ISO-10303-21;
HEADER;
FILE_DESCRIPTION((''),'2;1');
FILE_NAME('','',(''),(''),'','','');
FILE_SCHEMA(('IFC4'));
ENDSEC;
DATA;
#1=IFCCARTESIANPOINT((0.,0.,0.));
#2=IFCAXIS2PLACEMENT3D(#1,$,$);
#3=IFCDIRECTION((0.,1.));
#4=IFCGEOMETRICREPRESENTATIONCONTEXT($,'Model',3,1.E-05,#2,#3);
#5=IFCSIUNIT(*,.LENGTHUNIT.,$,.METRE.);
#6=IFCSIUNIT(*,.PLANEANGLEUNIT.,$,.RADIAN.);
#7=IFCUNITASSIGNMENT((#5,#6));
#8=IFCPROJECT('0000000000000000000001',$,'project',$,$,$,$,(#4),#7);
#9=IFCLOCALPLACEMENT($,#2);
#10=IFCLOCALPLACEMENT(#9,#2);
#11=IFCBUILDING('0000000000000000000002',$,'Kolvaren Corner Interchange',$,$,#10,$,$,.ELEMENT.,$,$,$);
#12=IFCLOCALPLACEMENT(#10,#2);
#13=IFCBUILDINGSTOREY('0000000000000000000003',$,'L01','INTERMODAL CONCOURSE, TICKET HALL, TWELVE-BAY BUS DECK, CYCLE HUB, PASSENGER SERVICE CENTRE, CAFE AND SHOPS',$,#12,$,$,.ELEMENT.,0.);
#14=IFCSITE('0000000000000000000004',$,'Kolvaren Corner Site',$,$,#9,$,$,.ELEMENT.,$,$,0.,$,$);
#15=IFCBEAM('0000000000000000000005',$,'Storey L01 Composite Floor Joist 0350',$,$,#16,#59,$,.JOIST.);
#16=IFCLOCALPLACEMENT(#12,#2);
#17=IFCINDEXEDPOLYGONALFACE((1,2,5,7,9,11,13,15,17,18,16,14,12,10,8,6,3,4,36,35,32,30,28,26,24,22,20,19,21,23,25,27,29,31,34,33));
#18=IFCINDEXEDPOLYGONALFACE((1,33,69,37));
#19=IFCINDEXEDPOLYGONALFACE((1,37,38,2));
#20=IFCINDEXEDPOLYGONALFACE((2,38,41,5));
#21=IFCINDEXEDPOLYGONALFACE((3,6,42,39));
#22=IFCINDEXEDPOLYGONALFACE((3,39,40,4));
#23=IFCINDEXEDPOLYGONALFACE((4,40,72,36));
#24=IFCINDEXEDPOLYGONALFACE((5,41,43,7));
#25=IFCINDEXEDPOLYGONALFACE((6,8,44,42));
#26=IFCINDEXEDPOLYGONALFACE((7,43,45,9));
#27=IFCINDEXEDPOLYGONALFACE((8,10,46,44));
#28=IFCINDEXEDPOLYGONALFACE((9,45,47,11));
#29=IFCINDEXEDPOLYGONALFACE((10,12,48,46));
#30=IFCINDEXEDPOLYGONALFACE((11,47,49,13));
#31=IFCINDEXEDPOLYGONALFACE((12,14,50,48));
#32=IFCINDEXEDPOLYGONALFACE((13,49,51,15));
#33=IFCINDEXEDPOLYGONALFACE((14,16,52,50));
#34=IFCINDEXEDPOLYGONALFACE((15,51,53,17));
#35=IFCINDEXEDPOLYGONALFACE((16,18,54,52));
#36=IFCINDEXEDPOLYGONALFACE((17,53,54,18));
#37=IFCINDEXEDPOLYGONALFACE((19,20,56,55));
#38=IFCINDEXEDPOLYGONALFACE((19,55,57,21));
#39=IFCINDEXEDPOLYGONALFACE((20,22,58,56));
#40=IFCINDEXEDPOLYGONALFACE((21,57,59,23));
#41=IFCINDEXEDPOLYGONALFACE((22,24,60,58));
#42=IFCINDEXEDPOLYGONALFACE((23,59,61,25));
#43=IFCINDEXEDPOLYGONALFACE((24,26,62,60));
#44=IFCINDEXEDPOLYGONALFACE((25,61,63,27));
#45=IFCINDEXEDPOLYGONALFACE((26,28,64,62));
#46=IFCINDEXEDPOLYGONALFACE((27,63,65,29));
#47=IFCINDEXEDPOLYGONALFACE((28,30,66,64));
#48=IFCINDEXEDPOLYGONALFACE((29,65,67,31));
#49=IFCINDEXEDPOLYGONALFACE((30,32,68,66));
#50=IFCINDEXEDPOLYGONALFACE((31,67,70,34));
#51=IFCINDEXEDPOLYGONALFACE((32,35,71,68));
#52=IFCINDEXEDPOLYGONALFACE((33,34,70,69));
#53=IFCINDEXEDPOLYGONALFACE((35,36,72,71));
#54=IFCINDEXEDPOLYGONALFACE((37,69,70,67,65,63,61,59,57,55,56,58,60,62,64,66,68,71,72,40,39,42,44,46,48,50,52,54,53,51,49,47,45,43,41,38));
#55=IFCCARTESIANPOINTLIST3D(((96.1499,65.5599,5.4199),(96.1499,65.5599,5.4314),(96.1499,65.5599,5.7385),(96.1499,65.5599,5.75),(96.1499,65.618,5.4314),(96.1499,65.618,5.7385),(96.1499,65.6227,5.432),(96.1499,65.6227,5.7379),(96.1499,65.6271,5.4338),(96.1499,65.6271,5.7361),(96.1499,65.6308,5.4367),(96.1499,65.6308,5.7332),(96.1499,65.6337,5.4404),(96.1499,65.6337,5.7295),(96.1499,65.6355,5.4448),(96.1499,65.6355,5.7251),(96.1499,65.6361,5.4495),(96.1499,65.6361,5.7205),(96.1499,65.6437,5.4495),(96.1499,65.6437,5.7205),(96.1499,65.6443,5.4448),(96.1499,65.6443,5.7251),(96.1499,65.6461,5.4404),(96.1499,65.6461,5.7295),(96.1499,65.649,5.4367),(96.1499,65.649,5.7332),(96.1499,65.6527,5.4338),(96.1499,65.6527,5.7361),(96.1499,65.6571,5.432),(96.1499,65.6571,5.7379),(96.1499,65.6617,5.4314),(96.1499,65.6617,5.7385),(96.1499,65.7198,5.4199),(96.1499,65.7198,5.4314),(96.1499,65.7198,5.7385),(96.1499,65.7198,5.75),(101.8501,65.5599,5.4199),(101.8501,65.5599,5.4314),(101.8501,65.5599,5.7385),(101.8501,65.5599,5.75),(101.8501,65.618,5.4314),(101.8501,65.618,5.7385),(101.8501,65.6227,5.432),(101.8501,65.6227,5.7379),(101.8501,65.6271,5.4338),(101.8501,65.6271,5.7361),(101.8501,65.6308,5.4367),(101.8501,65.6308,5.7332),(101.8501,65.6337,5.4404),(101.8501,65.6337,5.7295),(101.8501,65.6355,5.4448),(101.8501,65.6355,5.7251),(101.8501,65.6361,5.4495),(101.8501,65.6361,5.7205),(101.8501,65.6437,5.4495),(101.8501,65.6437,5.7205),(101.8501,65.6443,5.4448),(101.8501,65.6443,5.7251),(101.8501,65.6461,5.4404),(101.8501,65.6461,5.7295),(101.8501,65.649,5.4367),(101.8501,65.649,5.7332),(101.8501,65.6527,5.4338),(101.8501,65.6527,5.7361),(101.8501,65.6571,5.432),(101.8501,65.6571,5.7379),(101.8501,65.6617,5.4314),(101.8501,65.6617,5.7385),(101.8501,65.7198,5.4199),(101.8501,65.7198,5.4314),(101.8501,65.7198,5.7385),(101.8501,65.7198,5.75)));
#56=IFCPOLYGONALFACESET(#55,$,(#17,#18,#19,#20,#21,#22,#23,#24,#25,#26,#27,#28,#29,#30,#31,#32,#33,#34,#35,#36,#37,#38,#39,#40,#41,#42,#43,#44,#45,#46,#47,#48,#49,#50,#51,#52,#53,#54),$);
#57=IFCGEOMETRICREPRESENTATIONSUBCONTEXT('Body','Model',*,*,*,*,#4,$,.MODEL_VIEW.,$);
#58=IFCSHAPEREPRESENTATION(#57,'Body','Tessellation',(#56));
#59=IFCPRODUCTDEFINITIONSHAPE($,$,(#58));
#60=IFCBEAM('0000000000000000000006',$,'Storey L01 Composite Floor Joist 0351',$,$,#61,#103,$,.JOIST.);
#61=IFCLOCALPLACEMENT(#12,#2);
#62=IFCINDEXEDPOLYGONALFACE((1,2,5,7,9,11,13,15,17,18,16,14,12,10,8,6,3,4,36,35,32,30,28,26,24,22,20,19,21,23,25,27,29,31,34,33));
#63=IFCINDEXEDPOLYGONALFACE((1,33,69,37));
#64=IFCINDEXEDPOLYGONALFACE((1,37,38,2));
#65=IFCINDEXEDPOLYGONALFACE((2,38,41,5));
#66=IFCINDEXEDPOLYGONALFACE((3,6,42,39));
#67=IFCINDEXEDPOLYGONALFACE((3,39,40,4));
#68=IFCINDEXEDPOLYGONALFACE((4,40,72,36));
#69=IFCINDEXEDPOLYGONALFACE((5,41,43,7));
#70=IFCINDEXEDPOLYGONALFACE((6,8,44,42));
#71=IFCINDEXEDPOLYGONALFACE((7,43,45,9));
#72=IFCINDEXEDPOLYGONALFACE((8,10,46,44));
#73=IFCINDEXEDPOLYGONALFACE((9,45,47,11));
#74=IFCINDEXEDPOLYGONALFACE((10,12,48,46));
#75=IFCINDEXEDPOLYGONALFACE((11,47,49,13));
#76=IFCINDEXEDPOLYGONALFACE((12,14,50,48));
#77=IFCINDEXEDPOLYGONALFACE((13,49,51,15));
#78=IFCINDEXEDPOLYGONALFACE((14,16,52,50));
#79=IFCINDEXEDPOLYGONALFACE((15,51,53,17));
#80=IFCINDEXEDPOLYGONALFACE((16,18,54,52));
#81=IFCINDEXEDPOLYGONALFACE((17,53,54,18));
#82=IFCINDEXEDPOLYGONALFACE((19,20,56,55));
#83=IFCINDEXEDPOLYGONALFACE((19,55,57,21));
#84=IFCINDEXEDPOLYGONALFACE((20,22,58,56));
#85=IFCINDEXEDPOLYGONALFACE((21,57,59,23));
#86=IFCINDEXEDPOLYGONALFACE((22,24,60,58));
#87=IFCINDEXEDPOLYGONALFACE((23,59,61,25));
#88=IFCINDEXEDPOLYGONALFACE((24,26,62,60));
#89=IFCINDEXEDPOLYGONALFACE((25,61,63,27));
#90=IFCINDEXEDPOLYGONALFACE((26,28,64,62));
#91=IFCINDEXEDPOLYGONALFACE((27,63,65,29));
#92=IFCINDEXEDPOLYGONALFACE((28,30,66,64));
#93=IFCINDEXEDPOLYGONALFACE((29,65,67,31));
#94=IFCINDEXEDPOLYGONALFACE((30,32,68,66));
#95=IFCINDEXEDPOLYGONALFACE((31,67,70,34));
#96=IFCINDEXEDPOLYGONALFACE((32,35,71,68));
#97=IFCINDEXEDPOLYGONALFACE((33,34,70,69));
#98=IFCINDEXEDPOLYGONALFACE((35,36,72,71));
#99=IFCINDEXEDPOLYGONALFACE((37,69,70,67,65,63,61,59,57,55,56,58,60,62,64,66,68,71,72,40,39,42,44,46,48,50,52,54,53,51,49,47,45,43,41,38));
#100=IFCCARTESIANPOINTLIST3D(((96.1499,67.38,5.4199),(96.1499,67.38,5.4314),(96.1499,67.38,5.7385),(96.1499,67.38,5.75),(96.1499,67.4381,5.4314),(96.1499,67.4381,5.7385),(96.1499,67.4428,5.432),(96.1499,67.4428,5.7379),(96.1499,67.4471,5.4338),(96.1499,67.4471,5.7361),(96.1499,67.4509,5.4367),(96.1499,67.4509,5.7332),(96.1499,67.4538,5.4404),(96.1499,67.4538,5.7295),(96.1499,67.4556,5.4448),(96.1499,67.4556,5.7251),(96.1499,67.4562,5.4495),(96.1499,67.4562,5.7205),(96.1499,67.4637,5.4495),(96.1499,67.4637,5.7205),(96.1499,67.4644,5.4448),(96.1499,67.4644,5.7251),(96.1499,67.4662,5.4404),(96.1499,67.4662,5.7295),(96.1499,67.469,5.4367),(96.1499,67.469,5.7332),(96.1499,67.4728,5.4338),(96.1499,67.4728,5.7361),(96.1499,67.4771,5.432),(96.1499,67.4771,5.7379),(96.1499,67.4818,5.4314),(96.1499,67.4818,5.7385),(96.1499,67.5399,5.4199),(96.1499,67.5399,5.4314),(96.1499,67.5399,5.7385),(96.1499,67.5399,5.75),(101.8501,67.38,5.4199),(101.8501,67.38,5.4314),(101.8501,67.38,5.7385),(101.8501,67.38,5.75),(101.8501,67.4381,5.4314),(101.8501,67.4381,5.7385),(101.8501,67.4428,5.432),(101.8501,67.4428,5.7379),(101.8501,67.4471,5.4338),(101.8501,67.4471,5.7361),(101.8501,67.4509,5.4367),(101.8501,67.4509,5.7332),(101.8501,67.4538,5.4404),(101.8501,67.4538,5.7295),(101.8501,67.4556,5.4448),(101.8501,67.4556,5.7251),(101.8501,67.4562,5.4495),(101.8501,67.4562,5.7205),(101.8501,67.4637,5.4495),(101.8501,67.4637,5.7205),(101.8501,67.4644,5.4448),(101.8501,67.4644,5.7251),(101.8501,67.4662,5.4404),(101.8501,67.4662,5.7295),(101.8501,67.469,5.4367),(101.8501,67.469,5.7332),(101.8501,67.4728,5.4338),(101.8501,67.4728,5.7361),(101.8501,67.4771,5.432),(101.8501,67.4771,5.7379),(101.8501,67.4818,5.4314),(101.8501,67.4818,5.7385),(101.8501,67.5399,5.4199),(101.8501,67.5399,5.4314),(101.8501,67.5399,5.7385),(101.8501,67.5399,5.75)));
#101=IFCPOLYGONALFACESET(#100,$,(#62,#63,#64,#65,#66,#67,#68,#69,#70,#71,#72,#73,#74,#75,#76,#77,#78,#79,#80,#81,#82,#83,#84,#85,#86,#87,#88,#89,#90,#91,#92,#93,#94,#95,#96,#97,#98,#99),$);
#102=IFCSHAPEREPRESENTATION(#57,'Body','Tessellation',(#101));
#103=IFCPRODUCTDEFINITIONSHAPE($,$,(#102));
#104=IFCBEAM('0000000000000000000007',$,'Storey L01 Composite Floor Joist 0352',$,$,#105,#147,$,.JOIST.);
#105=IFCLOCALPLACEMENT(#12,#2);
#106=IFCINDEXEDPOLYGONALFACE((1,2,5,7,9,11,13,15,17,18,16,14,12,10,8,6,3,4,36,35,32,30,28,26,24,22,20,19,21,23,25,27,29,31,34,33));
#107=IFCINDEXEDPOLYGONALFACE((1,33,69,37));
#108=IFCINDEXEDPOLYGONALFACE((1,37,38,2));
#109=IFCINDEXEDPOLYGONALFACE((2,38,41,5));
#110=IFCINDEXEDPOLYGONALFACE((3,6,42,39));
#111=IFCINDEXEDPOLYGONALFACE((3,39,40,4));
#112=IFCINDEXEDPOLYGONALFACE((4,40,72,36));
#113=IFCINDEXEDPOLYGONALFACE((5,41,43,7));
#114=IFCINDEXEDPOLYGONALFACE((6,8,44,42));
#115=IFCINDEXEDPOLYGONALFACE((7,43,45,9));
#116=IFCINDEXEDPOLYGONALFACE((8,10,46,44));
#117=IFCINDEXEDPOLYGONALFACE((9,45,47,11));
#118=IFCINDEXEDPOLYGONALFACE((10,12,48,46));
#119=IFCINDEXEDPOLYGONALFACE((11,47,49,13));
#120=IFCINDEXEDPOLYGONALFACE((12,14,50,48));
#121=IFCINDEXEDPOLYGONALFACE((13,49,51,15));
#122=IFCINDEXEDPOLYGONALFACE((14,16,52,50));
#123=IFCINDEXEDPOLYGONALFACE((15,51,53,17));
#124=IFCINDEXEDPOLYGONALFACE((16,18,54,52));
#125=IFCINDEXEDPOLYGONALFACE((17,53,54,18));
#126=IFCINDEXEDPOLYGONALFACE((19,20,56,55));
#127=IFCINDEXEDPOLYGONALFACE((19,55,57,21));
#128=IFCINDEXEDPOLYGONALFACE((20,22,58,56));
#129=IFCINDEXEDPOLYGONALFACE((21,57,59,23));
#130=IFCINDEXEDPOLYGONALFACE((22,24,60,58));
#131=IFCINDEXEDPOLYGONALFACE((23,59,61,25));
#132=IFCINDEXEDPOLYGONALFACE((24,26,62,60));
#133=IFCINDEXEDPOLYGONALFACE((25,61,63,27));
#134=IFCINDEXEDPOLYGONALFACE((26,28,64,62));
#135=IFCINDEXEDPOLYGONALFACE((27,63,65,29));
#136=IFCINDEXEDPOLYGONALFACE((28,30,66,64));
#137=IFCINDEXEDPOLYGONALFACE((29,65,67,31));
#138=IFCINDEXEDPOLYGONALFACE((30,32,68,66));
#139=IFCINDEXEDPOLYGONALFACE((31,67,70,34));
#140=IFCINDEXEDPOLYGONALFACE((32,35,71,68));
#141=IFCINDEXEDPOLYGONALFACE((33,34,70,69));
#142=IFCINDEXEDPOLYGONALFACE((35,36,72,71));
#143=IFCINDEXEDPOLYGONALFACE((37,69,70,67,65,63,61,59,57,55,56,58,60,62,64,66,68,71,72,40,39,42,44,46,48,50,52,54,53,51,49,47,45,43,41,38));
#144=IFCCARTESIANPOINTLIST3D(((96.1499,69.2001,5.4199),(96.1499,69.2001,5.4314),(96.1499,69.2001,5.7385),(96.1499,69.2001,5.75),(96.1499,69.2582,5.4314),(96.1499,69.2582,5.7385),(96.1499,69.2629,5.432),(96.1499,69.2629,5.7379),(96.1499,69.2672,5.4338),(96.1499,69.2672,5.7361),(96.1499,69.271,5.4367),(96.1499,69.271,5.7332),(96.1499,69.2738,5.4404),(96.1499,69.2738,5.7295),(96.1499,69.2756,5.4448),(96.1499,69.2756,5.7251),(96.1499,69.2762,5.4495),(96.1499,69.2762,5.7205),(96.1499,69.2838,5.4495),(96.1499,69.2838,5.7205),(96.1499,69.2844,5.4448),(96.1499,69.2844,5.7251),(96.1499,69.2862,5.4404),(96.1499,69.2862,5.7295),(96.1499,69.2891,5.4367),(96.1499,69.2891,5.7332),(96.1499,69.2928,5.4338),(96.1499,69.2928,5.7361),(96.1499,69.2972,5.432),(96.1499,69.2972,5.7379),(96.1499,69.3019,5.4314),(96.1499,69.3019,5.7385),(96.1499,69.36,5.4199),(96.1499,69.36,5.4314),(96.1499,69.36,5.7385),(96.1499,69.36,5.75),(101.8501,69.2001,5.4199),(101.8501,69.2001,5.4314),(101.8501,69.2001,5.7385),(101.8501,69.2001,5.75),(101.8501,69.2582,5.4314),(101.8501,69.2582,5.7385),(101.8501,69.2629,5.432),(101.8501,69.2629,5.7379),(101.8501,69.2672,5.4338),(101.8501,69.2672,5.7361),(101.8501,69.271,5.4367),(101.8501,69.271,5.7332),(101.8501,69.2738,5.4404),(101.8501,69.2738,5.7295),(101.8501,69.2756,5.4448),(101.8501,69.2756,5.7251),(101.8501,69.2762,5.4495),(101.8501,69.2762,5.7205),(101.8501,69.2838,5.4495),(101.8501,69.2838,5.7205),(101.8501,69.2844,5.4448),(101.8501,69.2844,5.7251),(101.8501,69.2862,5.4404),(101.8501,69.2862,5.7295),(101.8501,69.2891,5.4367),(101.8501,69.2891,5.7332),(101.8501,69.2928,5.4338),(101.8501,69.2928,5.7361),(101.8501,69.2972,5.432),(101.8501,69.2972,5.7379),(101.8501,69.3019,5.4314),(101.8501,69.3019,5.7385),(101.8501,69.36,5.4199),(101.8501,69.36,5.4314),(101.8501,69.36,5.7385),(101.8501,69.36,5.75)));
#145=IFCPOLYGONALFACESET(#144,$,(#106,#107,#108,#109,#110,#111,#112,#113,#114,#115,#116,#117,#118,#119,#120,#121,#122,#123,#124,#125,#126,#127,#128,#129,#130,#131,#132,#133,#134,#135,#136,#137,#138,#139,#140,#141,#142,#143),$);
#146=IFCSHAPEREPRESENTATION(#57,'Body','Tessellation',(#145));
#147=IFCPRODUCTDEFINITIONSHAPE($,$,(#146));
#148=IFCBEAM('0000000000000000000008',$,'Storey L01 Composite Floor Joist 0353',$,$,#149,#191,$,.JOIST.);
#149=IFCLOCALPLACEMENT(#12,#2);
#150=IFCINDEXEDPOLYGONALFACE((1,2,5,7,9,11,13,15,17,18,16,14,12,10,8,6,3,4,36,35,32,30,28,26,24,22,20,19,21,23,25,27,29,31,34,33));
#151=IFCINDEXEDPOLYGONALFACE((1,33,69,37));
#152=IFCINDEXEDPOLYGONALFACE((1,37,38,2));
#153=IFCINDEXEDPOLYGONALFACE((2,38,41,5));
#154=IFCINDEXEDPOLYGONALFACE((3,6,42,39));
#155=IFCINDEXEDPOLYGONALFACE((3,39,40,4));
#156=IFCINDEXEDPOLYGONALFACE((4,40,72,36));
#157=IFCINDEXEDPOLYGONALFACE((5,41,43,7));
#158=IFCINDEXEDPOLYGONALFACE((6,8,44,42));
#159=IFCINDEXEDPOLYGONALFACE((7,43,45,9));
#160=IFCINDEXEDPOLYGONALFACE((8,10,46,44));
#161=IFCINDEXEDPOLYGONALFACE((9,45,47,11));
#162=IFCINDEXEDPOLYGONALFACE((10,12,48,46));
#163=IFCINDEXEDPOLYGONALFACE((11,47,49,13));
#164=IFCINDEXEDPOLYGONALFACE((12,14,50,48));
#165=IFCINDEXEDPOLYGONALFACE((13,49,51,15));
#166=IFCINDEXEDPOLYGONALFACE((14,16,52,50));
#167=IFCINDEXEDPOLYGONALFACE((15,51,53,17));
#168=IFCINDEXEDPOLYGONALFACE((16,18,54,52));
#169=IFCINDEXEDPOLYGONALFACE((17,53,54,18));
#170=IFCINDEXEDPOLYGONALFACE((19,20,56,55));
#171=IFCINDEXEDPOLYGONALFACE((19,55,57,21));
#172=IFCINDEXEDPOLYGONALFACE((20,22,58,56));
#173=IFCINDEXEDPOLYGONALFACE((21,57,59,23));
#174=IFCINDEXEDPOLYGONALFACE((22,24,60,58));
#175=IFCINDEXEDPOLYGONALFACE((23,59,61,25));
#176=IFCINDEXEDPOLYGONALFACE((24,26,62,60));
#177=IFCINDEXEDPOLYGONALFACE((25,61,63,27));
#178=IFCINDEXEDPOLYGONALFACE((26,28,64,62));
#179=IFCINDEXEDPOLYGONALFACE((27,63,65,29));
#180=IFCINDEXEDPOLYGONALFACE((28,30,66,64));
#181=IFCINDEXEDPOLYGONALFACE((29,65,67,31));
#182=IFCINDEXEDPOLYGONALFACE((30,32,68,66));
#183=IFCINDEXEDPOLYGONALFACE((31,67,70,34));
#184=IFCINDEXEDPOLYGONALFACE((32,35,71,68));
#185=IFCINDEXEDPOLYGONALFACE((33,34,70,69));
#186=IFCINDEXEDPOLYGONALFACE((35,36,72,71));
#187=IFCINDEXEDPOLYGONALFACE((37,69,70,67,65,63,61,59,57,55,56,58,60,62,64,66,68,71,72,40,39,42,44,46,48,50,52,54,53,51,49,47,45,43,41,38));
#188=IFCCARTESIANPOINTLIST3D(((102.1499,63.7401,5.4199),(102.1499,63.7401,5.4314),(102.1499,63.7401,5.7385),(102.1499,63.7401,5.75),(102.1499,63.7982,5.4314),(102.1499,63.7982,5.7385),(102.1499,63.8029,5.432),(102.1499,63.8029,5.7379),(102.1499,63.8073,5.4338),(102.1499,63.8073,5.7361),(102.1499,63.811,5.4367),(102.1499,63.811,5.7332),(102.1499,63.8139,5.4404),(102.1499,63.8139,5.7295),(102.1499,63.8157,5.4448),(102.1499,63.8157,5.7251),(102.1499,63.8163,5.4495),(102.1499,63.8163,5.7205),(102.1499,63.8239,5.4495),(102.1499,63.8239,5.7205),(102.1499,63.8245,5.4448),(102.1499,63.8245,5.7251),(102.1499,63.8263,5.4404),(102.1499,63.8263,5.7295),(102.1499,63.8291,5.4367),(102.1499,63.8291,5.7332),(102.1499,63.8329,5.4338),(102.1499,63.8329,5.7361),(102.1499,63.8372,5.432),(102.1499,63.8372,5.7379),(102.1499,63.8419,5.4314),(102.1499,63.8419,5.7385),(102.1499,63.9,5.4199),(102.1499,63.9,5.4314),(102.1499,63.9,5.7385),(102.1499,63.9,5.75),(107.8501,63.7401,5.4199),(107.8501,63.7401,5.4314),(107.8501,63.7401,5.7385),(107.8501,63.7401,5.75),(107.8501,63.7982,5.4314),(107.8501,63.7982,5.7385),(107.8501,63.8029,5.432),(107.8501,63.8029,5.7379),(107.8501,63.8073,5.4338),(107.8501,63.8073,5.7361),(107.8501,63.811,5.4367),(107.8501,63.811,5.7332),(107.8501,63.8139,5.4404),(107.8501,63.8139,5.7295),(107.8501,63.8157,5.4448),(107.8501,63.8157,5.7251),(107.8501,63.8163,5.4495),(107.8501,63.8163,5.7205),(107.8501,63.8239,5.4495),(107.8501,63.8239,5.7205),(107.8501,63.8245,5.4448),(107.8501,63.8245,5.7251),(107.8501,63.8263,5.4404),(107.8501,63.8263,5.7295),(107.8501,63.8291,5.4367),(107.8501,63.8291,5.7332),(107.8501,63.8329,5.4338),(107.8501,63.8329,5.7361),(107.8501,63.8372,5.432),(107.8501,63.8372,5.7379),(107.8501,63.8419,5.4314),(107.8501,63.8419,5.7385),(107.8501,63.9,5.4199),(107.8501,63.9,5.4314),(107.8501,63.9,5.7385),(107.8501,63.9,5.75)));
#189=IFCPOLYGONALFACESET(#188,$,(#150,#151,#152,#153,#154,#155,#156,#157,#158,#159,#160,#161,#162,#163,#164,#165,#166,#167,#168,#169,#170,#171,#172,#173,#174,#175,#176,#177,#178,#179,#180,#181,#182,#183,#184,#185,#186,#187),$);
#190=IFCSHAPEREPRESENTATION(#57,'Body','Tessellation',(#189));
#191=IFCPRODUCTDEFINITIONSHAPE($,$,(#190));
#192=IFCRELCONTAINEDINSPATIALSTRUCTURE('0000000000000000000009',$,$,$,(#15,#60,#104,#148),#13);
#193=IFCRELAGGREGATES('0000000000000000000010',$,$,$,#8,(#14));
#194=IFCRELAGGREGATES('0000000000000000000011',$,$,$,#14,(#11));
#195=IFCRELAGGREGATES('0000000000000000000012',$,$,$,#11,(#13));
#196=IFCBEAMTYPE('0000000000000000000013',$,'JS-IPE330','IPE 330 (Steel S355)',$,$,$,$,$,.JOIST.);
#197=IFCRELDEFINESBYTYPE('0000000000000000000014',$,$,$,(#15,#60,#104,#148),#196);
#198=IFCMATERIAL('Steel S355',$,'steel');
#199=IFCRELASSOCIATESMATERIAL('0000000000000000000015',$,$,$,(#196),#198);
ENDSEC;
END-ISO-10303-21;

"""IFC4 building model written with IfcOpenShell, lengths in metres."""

from ifc_helpers import new_model, si_unit, direction, frame, origin, origin_2d, place, context, subcontext, project, spatial, i_section, extrude, material, material_profile, profile_set, type_object, element, save


model = new_model("IFC4")

# Units and contexts
model_context = context("Model", 3, precision=1e-05, world=origin(), true_north=direction((0.0, 1.0)))
body_context = subcontext(model_context, "Body", "Model", "MODEL_VIEW")
ifc_project = project(units=[si_unit("LENGTHUNIT", "METRE"), si_unit("PLANEANGLEUNIT", "RADIAN")], contexts=[model_context])

# Site, building, storey
site_placement = place(None, origin())
site = spatial("IfcSite", under=ifc_project, at=site_placement, Name="Kolvaren Corner Site", CompositionType="ELEMENT", RefElevation=0.0)
building_placement = place(site_placement, origin())
building = spatial("IfcBuilding", under=site, at=building_placement, Name="Kolvaren Corner Interchange", CompositionType="ELEMENT")
storey_placement = place(building_placement, origin())
storey = spatial("IfcBuildingStorey", under=building, at=storey_placement, Name="L01", Description="INTERMODAL CONCOURSE, TICKET HALL, TWELVE-BAY BUS DECK, CYCLE HUB, PASSENGER SERVICE CENTRE, CAFE AND SHOPS", CompositionType="ELEMENT", Elevation=0.0)

# Beams
ifc_material_1 = material(Name="Steel S355", Category="steel")
ifc_material_profile_1 = material_profile(ifc_material_1, i_section(OverallWidth=0.1599, OverallDepth=0.3301, WebThickness=0.0076, FlangeThickness=0.0115, FilletRadius=0.0181, at=origin_2d()), Name="IPE 330")
ifc_profile_set_1 = profile_set([ifc_material_profile_1], Name="Steel S355")
beam_type_1 = type_object("IfcBeamType", Name="JS-IPE330", Description="IPE 330 (Steel S355)", PredefinedType="JOIST", material=ifc_profile_set_1)
for number, where, z_axis, x_axis, name in (
    (1, (96.1499, 65.6399, 5.585), (1.0, 0.0, 0.0), (0.0, 1.0, 0.0), "Storey L01 Composite Floor Joist 0350"),
    (2, (96.1499, 67.46, 5.585), (1.0, 0.0, 0.0), (0.0, 1.0, 0.0), "Storey L01 Composite Floor Joist 0351"),
    (3, (96.1499, 69.28, 5.585), (1.0, 0.0, 0.0), (0.0, 1.0, 0.0), "Storey L01 Composite Floor Joist 0352"),
    (4, (102.1499, 63.8201, 5.585), (1.0, 0.0, 0.0), (0.0, 1.0, 0.0), "Storey L01 Composite Floor Joist 0353"),
):
    element("IfcBeam", number, at=place(storey_placement, frame(where, z_axis=z_axis, x_axis=x_axis)), inside=storey, type_object=beam_type_1, Name=name, PredefinedType="JOIST", context=body_context, shape_type="SweptSolid", body=[
        extrude(i_section(OverallWidth=0.1599, OverallDepth=0.3301, WebThickness=0.0076, FlangeThickness=0.0115, FilletRadius=0.0181, at=origin_2d()), origin(), (0.0, 0.0, 1.0), 5.7002),
    ])

save(model, "model.ifc")
